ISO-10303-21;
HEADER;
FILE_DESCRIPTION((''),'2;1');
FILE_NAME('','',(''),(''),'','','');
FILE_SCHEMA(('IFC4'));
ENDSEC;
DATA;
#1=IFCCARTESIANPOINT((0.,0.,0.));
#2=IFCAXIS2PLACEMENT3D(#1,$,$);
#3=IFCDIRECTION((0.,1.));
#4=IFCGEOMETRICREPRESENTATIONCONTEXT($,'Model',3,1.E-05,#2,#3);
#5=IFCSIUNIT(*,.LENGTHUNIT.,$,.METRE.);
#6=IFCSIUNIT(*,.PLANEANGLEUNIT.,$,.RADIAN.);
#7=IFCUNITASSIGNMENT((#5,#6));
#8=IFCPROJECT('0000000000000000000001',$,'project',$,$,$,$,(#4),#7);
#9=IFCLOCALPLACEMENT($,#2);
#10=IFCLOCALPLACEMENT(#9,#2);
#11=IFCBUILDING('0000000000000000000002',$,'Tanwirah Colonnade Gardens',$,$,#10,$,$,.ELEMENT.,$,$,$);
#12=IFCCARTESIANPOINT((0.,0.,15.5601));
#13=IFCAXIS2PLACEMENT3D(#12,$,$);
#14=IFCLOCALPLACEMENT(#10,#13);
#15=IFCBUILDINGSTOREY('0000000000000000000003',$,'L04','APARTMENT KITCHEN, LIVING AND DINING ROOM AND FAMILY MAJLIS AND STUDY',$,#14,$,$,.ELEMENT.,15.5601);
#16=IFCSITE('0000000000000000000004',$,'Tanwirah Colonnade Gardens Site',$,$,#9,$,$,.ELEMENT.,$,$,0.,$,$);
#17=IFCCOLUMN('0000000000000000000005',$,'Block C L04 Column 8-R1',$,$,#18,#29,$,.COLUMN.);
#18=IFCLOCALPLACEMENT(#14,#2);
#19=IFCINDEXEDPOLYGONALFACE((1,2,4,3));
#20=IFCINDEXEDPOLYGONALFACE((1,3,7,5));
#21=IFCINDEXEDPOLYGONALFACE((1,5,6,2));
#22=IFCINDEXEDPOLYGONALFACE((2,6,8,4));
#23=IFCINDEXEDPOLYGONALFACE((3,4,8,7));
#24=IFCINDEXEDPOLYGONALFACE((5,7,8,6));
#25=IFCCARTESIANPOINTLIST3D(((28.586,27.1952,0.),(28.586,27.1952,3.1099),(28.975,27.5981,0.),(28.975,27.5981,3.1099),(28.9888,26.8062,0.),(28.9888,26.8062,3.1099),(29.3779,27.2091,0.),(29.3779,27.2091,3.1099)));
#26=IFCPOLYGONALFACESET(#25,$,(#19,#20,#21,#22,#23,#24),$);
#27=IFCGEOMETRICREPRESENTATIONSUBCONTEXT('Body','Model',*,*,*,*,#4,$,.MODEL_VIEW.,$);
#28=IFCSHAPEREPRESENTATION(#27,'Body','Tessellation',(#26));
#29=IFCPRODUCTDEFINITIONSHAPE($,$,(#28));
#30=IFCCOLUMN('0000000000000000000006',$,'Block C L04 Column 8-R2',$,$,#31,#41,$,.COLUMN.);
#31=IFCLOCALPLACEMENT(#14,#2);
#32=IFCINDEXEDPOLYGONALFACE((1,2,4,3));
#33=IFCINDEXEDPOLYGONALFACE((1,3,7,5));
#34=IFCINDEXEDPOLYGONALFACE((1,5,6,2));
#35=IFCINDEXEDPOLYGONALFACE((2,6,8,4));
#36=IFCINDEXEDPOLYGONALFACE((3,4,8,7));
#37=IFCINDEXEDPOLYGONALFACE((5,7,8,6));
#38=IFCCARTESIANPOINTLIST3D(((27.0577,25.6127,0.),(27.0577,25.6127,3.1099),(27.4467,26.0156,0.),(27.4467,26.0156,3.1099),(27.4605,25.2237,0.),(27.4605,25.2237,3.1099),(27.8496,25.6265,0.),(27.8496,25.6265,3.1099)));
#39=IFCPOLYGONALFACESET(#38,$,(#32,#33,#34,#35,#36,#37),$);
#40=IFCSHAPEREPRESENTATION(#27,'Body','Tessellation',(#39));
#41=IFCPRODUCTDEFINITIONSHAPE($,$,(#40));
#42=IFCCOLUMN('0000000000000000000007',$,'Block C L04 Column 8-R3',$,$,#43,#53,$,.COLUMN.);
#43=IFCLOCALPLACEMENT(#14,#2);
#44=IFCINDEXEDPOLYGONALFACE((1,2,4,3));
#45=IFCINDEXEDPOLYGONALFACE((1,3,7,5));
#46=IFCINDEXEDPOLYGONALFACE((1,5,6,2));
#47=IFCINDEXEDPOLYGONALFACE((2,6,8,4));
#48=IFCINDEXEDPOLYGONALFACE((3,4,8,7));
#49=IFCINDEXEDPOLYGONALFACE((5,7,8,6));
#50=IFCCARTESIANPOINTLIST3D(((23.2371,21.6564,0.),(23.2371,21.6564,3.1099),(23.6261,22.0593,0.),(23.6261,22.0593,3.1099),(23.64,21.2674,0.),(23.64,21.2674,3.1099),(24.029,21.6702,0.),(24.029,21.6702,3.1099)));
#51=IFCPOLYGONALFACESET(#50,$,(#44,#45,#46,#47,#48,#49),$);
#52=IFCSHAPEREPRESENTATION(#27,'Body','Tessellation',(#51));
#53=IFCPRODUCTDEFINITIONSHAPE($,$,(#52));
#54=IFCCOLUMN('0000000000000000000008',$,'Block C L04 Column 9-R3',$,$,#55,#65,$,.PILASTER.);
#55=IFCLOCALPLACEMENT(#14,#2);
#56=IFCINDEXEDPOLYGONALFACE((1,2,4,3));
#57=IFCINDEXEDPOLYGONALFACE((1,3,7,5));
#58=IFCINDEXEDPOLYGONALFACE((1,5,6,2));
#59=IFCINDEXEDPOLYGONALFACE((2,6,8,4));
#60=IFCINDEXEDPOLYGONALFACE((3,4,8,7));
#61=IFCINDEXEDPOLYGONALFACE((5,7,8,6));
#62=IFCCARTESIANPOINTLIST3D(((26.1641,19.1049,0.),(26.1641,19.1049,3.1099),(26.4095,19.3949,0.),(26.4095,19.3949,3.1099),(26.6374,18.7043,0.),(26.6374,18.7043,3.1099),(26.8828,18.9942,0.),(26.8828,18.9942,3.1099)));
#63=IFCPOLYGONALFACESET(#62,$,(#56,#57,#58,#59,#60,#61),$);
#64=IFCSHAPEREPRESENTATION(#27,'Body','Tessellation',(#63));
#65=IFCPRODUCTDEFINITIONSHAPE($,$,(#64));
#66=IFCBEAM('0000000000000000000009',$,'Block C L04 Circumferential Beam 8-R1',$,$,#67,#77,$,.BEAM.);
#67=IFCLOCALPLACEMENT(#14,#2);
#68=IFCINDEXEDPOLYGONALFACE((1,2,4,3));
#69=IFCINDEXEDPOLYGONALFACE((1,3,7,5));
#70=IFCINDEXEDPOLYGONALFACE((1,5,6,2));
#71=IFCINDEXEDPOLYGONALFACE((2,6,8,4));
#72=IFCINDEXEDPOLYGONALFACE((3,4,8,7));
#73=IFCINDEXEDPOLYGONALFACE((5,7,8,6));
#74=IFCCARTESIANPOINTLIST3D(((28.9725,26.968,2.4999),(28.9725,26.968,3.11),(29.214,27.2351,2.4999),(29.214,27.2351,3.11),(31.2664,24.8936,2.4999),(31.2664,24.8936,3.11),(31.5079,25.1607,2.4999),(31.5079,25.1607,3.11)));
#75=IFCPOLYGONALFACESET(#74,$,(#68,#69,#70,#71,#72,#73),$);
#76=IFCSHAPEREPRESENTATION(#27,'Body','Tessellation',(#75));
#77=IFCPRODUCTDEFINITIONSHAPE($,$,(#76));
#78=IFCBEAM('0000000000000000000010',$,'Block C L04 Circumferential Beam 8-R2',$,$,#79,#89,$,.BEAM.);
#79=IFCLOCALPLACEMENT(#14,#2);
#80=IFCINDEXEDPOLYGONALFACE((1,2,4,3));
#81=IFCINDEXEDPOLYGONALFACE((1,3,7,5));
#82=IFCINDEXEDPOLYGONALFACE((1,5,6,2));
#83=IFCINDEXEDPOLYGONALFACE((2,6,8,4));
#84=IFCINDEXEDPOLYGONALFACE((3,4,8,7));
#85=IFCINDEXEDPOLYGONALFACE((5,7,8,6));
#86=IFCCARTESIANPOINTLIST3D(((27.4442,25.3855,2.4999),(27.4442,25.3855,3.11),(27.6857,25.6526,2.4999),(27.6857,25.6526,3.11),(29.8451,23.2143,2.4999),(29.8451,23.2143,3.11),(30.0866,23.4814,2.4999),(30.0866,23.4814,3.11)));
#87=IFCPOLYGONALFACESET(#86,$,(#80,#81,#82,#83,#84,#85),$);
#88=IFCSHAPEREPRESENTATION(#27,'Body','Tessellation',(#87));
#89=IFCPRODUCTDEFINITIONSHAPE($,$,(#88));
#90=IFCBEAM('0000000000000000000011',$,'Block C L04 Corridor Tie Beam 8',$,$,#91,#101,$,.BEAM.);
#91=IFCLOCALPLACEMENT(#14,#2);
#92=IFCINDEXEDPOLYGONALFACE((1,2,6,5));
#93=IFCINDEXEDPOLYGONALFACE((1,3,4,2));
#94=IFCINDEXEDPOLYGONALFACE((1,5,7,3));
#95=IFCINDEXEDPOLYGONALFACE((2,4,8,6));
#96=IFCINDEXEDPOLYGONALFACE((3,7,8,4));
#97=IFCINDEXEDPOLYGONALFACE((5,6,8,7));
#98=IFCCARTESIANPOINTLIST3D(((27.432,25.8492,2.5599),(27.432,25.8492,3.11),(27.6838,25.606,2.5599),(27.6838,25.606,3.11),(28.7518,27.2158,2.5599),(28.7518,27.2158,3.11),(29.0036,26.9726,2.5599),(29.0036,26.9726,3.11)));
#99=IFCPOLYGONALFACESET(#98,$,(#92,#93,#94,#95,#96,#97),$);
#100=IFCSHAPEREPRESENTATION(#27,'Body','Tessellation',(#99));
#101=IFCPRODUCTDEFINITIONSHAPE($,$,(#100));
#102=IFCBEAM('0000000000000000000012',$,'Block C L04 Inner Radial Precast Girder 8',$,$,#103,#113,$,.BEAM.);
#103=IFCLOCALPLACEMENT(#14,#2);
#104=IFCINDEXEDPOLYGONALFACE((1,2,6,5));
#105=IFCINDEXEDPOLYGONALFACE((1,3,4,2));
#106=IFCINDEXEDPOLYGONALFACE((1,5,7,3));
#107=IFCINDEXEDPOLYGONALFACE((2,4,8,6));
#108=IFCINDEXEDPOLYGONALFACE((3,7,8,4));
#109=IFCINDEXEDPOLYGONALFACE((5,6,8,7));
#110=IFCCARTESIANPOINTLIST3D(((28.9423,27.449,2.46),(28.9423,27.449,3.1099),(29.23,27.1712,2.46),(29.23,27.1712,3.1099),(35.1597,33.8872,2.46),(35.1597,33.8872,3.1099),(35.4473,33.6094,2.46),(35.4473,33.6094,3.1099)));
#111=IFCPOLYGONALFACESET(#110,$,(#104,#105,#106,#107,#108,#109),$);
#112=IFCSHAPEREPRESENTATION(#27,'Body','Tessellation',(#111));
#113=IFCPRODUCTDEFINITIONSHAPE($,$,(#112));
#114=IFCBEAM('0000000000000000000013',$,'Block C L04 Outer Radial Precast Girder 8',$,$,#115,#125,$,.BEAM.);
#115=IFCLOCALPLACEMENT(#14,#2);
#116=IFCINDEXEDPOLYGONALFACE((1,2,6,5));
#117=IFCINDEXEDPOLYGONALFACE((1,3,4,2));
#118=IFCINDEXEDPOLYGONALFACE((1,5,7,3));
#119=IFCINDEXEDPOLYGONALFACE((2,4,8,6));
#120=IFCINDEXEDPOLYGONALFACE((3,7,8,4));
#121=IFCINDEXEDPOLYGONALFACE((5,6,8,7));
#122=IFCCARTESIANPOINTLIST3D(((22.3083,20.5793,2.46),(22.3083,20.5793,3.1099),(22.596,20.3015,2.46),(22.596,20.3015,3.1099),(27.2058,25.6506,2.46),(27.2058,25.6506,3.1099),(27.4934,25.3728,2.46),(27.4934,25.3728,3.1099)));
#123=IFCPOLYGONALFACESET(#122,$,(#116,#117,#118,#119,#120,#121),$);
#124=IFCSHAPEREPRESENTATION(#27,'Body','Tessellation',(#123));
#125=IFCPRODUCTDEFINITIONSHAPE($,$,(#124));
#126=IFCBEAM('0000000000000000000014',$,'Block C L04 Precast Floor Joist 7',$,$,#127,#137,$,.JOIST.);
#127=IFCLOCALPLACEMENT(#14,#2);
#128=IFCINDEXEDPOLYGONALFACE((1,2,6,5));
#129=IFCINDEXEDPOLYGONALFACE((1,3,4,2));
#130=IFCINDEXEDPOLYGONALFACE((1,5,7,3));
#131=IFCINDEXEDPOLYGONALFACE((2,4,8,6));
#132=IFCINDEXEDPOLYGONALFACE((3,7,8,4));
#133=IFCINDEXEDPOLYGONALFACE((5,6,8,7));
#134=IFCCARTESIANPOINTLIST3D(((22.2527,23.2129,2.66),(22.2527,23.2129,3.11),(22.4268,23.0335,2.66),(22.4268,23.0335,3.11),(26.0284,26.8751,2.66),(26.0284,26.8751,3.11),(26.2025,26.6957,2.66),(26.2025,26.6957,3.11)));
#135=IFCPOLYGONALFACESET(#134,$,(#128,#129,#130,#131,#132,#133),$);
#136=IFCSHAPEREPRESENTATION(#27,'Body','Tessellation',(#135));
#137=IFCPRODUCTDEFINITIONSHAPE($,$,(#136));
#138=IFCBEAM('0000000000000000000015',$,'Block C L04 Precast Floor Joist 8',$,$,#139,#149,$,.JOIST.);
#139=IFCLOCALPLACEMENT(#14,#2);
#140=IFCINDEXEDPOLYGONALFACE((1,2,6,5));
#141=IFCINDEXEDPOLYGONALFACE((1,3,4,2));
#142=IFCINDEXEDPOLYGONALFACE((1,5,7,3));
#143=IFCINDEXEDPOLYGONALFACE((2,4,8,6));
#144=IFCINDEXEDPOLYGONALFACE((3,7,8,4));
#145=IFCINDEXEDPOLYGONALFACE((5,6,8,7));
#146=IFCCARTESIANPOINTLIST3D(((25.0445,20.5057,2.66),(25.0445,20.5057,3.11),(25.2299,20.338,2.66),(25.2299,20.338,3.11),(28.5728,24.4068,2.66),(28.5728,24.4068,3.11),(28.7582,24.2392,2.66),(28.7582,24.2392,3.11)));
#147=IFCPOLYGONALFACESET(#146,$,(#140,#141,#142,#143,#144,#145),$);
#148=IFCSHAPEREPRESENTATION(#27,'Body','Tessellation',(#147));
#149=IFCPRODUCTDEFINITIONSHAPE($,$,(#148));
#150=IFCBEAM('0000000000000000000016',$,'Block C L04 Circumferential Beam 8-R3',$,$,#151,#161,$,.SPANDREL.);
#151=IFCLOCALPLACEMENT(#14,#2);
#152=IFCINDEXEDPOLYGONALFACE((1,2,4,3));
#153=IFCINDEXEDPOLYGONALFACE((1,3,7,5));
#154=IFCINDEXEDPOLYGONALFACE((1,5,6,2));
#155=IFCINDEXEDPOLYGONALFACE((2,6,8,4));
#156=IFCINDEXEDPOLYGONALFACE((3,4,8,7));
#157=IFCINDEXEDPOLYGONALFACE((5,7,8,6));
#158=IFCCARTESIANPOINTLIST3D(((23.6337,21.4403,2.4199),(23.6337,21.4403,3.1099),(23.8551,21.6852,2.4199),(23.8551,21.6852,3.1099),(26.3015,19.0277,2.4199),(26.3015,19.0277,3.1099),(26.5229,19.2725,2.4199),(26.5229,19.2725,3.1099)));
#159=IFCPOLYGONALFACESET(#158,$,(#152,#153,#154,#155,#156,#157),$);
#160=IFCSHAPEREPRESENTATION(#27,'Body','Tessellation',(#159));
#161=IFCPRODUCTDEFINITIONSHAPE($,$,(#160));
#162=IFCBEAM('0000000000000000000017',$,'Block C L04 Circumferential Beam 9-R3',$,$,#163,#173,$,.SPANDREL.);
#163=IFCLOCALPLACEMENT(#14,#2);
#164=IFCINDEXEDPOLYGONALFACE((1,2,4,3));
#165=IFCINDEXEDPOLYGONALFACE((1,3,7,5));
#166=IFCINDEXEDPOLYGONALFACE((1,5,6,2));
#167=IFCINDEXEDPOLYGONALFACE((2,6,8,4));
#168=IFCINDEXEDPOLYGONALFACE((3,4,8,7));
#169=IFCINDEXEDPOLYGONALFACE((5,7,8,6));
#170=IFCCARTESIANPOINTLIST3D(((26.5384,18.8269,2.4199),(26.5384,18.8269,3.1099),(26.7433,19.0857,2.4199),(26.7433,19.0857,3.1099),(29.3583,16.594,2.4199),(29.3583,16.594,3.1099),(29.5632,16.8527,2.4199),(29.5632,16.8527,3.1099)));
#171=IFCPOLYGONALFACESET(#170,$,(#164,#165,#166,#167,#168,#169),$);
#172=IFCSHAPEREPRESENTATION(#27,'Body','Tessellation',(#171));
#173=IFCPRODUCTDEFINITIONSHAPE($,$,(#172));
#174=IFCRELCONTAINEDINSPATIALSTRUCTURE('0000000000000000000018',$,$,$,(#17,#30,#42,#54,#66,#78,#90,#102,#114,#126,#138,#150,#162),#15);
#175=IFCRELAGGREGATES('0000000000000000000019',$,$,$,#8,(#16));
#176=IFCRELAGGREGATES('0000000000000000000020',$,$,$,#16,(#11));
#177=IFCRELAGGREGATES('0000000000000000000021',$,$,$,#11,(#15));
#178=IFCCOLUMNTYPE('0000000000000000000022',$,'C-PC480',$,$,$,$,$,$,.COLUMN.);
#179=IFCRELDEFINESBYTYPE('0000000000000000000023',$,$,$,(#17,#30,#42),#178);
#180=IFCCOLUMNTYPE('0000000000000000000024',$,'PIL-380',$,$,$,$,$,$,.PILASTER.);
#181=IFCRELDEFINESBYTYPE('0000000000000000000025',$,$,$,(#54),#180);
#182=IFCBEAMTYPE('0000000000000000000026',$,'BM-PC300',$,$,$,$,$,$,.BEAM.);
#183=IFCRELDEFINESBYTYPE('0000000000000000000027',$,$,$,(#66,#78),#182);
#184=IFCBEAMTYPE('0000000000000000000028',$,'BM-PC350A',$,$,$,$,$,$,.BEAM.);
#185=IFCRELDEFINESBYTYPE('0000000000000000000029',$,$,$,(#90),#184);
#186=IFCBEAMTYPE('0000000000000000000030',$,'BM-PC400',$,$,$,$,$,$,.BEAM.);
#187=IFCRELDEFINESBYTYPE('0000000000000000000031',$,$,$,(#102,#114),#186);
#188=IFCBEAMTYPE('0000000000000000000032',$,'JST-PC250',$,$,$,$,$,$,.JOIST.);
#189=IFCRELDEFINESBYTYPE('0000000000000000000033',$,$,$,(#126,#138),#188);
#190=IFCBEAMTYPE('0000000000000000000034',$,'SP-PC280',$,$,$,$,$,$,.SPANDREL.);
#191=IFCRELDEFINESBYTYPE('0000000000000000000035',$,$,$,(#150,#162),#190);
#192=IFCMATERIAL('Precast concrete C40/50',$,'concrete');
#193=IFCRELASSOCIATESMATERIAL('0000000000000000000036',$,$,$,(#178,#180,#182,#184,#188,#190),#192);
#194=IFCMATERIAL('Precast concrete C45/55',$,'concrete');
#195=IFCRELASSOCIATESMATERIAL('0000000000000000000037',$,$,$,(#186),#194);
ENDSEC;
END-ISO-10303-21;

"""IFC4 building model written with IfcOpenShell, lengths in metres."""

from ifc_helpers import new_model, si_unit, direction, frame, origin, origin_2d, place, context, subcontext, project, spatial, rectangle, extrude, material, material_profile, profile_set, type_object, element, save


model = new_model("IFC4")

# Units and contexts
model_context = context("Model", 3, precision=1e-05, world=origin(), true_north=direction((0.0, 1.0)))
body_context = subcontext(model_context, "Body", "Model", "MODEL_VIEW")
ifc_project = project(units=[si_unit("LENGTHUNIT", "METRE"), si_unit("PLANEANGLEUNIT", "RADIAN")], contexts=[model_context])

# Site, building, storey
site_placement = place(None, origin())
site = spatial("IfcSite", under=ifc_project, at=site_placement, Name="Tanwirah Colonnade Gardens Site", CompositionType="ELEMENT", RefElevation=0.0)
building_placement = place(site_placement, origin())
building = spatial("IfcBuilding", under=site, at=building_placement, Name="Tanwirah Colonnade Gardens", CompositionType="ELEMENT")
storey_placement = place(building_placement, frame((0.0, 0.0, 15.5601)))
storey = spatial("IfcBuildingStorey", under=building, at=storey_placement, Name="L04", Description="APARTMENT KITCHEN, LIVING AND DINING ROOM AND FAMILY MAJLIS AND STUDY", CompositionType="ELEMENT", Elevation=15.5601)

# Columns
ifc_material_1 = material(Name="Precast concrete C40/50", Category="concrete")
ifc_material_profile_1 = material_profile(ifc_material_1, rectangle(XDim=0.5601, YDim=0.5601, at=origin_2d()), Name="PC-COL 560x560")
ifc_profile_set_1 = profile_set([ifc_material_profile_1], Name="Precast concrete C40/50")
column_type_1 = type_object("IfcColumnType", Name="C-PC480", PredefinedType="COLUMN", material=ifc_profile_set_1)
for number, where, z_axis, x_axis, name in (
    (1, (28.9819, 27.2021, 0.0), (0.0, 0.0, 1.0), (-0.694658, -0.71934, 0.0), "Block C L04 Column 8-R1"),
    (2, (27.4536, 25.6196, 0.0), (0.0, 0.0, 1.0), (-0.694658, -0.71934, 0.0), "Block C L04 Column 8-R2"),
    (3, (23.6331, 21.6633, 0.0), (0.0, 0.0, 1.0), (-0.694658, -0.71934, 0.0), "Block C L04 Column 8-R3"),
):
    element("IfcColumn", number, at=place(storey_placement, frame(where, z_axis=z_axis, x_axis=x_axis)), inside=storey, type_object=column_type_1, Name=name, PredefinedType="COLUMN", context=body_context, shape_type="SweptSolid", body=[
        extrude(rectangle(XDim=0.5601, YDim=0.5601, at=origin_2d()), origin(), (0.0, 0.0, 1.0), 3.1099),
    ])
ifc_material_profile_2 = material_profile(ifc_material_1, rectangle(XDim=0.3799, YDim=0.6201, at=origin_2d()), Name="PC-PIL 380x620")
ifc_profile_set_2 = profile_set([ifc_material_profile_2], Name="Precast concrete C40/50")
column_type_2 = type_object("IfcColumnType", Name="PIL-380", PredefinedType="PILASTER", material=ifc_profile_set_2)
column_placement = place(storey_placement, frame((26.5234, 19.0496, 0.0), z_axis=(0.0, 0.0, 1.0), x_axis=(-0.646124, -0.763232, 0.0)))
element("IfcColumn", 4, at=column_placement, inside=storey, type_object=column_type_2, Name="Block C L04 Column 9-R3", PredefinedType="PILASTER", context=body_context, shape_type="SweptSolid", body=[
    extrude(rectangle(XDim=0.3799, YDim=0.6201, at=origin_2d()), origin(), (0.0, 0.0, 1.0), 3.1099),
])

# Beams
ifc_material_profile_3 = material_profile(ifc_material_1, rectangle(XDim=0.3601, YDim=0.6101, at=origin_2d()), Name="PC-BM 360x610")
ifc_profile_set_3 = profile_set([ifc_material_profile_3], Name="Precast concrete C40/50")
beam_type_1 = type_object("IfcBeamType", Name="BM-PC300", PredefinedType="BEAM", material=ifc_profile_set_3)
beam_1_placement = place(storey_placement, frame((29.0933, 27.1016, 2.8049), z_axis=(0.741698, -0.670733, 0.0), x_axis=(0.670733, 0.741698, 0.0)))
element("IfcBeam", 5, at=beam_1_placement, inside=storey, type_object=beam_type_1, Name="Block C L04 Circumferential Beam 8-R1", PredefinedType="BEAM", context=body_context, shape_type="SweptSolid", body=[
    extrude(rectangle(XDim=0.3601, YDim=0.6101, at=origin_2d()), origin(), (0.0, 0.0, 1.0), 3.0928),
])
beam_2_placement = place(storey_placement, frame((27.5649, 25.519, 2.8049), z_axis=(0.741702, -0.67073, 0.0), x_axis=(0.67073, 0.741702, 0.0)))
element("IfcBeam", 6, at=beam_2_placement, inside=storey, type_object=beam_type_1, Name="Block C L04 Circumferential Beam 8-R2", PredefinedType="BEAM", context=body_context, shape_type="SweptSolid", body=[
    extrude(rectangle(XDim=0.3601, YDim=0.6101, at=origin_2d()), origin(), (0.0, 0.0, 1.0), 3.2371),
])
ifc_material_profile_4 = material_profile(ifc_material_1, rectangle(XDim=0.3501, YDim=0.55, at=origin_2d()), Name="PC-BM 350x550")
ifc_profile_set_4 = profile_set([ifc_material_profile_4], Name="Precast concrete C40/50")
beam_type_2 = type_object("IfcBeamType", Name="BM-PC350A", PredefinedType="BEAM", material=ifc_profile_set_4)
beam_3_placement = place(storey_placement, frame((28.8777, 27.0942, 2.835), z_axis=(-0.694663, -0.719335, 0.0), x_axis=(0.719335, -0.694663, 0.0)))
element("IfcBeam", 7, at=beam_3_placement, inside=storey, type_object=beam_type_2, Name="Block C L04 Corridor Tie Beam 8", PredefinedType="BEAM", context=body_context, shape_type="SweptSolid", body=[
    extrude(rectangle(XDim=0.3501, YDim=0.55, at=origin_2d()), origin(), (0.0, 0.0, 1.0), 1.8999),
])
ifc_material_2 = material(Name="Precast concrete C45/55", Category="concrete")
ifc_material_profile_5 = material_profile(ifc_material_2, rectangle(XDim=0.3999, YDim=0.6499, at=origin_2d()), Name="PC-BM 400x650")
ifc_profile_set_5 = profile_set([ifc_material_profile_5], Name="Precast concrete C45/55")
beam_type_3 = type_object("IfcBeamType", Name="BM-PC400", PredefinedType="BEAM", material=ifc_profile_set_5)
beam_4_placement = place(storey_placement, frame((29.0862, 27.3101, 2.7849), z_axis=(0.694656, 0.719342, 0.0), x_axis=(-0.719342, 0.694656, 0.0)))
element("IfcBeam", 8, at=beam_4_placement, inside=storey, type_object=beam_type_3, Name="Block C L04 Inner Radial Precast Girder 8", PredefinedType="BEAM", context=body_context, shape_type="SweptSolid", body=[
    extrude(rectangle(XDim=0.3999, YDim=0.6499, at=origin_2d()), origin(), (0.0, 0.0, 1.0), 8.9502),
])
beam_5_placement = place(storey_placement, frame((27.3496, 25.5117, 2.7849), z_axis=(-0.694671, -0.719327, 0.0), x_axis=(0.719327, -0.694671, 0.0)))
element("IfcBeam", 9, at=beam_5_placement, inside=storey, type_object=beam_type_3, Name="Block C L04 Outer Radial Precast Girder 8", PredefinedType="BEAM", context=body_context, shape_type="SweptSolid", body=[
    extrude(rectangle(XDim=0.3999, YDim=0.6499, at=origin_2d()), origin(), (0.0, 0.0, 1.0), 7.05),
])
ifc_material_profile_6 = material_profile(ifc_material_1, rectangle(XDim=0.25, YDim=0.45, at=origin_2d()), Name="PC-JST 250x450")
ifc_profile_set_6 = profile_set([ifc_material_profile_6], Name="Precast concrete C40/50")
beam_type_4 = type_object("IfcBeamType", Name="JST-PC250", PredefinedType="JOIST", material=ifc_profile_set_6)
for number, where, z_axis, x_axis, name in (
    (10, (26.1155, 26.7854, 2.885), (-0.717816, -0.696233, 0.0), (0.696233, -0.717816, 0.0), "Block C L04 Precast Floor Joist 7"),
    (11, (28.6655, 24.323, 2.885), (-0.670781, -0.741656, 0.0), (0.741656, -0.670781, 0.0), "Block C L04 Precast Floor Joist 8"),
):
    element("IfcBeam", number, at=place(storey_placement, frame(where, z_axis=z_axis, x_axis=x_axis)), inside=storey, type_object=beam_type_4, Name=name, PredefinedType="JOIST", context=body_context, shape_type="SweptSolid", body=[
        extrude(rectangle(XDim=0.25, YDim=0.45, at=origin_2d()), origin(), (0.0, 0.0, 1.0), 5.26),
    ])
ifc_material_profile_7 = material_profile(ifc_material_1, rectangle(XDim=0.3301, YDim=0.6899, at=origin_2d()), Name="PC-SP 330x690")
ifc_profile_set_7 = profile_set([ifc_material_profile_7], Name="Precast concrete C40/50")
beam_type_5 = type_object("IfcBeamType", Name="SP-PC280", PredefinedType="SPANDREL", material=ifc_profile_set_7)
for number, where, z_axis, x_axis, name in (
    (12, (23.7444, 21.5627, 2.7649), (0.741682, -0.670752, 0.0), (0.670752, 0.741682, 0.0), "Block C L04 Circumferential Beam 8-R3"),
    (13, (26.6409, 18.9563, 2.7649), (0.783971, -0.620797, 0.0), (0.620797, 0.783971, 0.0), "Block C L04 Circumferential Beam 9-R3"),
):
    element("IfcBeam", number, at=place(storey_placement, frame(where, z_axis=z_axis, x_axis=x_axis)), inside=storey, type_object=beam_type_5, Name=name, PredefinedType="SPANDREL", context=body_context, shape_type="SweptSolid", body=[
        extrude(rectangle(XDim=0.3301, YDim=0.6899, at=origin_2d()), origin(), (0.0, 0.0, 1.0), 3.5969),
    ])

save(model, "model.ifc")
